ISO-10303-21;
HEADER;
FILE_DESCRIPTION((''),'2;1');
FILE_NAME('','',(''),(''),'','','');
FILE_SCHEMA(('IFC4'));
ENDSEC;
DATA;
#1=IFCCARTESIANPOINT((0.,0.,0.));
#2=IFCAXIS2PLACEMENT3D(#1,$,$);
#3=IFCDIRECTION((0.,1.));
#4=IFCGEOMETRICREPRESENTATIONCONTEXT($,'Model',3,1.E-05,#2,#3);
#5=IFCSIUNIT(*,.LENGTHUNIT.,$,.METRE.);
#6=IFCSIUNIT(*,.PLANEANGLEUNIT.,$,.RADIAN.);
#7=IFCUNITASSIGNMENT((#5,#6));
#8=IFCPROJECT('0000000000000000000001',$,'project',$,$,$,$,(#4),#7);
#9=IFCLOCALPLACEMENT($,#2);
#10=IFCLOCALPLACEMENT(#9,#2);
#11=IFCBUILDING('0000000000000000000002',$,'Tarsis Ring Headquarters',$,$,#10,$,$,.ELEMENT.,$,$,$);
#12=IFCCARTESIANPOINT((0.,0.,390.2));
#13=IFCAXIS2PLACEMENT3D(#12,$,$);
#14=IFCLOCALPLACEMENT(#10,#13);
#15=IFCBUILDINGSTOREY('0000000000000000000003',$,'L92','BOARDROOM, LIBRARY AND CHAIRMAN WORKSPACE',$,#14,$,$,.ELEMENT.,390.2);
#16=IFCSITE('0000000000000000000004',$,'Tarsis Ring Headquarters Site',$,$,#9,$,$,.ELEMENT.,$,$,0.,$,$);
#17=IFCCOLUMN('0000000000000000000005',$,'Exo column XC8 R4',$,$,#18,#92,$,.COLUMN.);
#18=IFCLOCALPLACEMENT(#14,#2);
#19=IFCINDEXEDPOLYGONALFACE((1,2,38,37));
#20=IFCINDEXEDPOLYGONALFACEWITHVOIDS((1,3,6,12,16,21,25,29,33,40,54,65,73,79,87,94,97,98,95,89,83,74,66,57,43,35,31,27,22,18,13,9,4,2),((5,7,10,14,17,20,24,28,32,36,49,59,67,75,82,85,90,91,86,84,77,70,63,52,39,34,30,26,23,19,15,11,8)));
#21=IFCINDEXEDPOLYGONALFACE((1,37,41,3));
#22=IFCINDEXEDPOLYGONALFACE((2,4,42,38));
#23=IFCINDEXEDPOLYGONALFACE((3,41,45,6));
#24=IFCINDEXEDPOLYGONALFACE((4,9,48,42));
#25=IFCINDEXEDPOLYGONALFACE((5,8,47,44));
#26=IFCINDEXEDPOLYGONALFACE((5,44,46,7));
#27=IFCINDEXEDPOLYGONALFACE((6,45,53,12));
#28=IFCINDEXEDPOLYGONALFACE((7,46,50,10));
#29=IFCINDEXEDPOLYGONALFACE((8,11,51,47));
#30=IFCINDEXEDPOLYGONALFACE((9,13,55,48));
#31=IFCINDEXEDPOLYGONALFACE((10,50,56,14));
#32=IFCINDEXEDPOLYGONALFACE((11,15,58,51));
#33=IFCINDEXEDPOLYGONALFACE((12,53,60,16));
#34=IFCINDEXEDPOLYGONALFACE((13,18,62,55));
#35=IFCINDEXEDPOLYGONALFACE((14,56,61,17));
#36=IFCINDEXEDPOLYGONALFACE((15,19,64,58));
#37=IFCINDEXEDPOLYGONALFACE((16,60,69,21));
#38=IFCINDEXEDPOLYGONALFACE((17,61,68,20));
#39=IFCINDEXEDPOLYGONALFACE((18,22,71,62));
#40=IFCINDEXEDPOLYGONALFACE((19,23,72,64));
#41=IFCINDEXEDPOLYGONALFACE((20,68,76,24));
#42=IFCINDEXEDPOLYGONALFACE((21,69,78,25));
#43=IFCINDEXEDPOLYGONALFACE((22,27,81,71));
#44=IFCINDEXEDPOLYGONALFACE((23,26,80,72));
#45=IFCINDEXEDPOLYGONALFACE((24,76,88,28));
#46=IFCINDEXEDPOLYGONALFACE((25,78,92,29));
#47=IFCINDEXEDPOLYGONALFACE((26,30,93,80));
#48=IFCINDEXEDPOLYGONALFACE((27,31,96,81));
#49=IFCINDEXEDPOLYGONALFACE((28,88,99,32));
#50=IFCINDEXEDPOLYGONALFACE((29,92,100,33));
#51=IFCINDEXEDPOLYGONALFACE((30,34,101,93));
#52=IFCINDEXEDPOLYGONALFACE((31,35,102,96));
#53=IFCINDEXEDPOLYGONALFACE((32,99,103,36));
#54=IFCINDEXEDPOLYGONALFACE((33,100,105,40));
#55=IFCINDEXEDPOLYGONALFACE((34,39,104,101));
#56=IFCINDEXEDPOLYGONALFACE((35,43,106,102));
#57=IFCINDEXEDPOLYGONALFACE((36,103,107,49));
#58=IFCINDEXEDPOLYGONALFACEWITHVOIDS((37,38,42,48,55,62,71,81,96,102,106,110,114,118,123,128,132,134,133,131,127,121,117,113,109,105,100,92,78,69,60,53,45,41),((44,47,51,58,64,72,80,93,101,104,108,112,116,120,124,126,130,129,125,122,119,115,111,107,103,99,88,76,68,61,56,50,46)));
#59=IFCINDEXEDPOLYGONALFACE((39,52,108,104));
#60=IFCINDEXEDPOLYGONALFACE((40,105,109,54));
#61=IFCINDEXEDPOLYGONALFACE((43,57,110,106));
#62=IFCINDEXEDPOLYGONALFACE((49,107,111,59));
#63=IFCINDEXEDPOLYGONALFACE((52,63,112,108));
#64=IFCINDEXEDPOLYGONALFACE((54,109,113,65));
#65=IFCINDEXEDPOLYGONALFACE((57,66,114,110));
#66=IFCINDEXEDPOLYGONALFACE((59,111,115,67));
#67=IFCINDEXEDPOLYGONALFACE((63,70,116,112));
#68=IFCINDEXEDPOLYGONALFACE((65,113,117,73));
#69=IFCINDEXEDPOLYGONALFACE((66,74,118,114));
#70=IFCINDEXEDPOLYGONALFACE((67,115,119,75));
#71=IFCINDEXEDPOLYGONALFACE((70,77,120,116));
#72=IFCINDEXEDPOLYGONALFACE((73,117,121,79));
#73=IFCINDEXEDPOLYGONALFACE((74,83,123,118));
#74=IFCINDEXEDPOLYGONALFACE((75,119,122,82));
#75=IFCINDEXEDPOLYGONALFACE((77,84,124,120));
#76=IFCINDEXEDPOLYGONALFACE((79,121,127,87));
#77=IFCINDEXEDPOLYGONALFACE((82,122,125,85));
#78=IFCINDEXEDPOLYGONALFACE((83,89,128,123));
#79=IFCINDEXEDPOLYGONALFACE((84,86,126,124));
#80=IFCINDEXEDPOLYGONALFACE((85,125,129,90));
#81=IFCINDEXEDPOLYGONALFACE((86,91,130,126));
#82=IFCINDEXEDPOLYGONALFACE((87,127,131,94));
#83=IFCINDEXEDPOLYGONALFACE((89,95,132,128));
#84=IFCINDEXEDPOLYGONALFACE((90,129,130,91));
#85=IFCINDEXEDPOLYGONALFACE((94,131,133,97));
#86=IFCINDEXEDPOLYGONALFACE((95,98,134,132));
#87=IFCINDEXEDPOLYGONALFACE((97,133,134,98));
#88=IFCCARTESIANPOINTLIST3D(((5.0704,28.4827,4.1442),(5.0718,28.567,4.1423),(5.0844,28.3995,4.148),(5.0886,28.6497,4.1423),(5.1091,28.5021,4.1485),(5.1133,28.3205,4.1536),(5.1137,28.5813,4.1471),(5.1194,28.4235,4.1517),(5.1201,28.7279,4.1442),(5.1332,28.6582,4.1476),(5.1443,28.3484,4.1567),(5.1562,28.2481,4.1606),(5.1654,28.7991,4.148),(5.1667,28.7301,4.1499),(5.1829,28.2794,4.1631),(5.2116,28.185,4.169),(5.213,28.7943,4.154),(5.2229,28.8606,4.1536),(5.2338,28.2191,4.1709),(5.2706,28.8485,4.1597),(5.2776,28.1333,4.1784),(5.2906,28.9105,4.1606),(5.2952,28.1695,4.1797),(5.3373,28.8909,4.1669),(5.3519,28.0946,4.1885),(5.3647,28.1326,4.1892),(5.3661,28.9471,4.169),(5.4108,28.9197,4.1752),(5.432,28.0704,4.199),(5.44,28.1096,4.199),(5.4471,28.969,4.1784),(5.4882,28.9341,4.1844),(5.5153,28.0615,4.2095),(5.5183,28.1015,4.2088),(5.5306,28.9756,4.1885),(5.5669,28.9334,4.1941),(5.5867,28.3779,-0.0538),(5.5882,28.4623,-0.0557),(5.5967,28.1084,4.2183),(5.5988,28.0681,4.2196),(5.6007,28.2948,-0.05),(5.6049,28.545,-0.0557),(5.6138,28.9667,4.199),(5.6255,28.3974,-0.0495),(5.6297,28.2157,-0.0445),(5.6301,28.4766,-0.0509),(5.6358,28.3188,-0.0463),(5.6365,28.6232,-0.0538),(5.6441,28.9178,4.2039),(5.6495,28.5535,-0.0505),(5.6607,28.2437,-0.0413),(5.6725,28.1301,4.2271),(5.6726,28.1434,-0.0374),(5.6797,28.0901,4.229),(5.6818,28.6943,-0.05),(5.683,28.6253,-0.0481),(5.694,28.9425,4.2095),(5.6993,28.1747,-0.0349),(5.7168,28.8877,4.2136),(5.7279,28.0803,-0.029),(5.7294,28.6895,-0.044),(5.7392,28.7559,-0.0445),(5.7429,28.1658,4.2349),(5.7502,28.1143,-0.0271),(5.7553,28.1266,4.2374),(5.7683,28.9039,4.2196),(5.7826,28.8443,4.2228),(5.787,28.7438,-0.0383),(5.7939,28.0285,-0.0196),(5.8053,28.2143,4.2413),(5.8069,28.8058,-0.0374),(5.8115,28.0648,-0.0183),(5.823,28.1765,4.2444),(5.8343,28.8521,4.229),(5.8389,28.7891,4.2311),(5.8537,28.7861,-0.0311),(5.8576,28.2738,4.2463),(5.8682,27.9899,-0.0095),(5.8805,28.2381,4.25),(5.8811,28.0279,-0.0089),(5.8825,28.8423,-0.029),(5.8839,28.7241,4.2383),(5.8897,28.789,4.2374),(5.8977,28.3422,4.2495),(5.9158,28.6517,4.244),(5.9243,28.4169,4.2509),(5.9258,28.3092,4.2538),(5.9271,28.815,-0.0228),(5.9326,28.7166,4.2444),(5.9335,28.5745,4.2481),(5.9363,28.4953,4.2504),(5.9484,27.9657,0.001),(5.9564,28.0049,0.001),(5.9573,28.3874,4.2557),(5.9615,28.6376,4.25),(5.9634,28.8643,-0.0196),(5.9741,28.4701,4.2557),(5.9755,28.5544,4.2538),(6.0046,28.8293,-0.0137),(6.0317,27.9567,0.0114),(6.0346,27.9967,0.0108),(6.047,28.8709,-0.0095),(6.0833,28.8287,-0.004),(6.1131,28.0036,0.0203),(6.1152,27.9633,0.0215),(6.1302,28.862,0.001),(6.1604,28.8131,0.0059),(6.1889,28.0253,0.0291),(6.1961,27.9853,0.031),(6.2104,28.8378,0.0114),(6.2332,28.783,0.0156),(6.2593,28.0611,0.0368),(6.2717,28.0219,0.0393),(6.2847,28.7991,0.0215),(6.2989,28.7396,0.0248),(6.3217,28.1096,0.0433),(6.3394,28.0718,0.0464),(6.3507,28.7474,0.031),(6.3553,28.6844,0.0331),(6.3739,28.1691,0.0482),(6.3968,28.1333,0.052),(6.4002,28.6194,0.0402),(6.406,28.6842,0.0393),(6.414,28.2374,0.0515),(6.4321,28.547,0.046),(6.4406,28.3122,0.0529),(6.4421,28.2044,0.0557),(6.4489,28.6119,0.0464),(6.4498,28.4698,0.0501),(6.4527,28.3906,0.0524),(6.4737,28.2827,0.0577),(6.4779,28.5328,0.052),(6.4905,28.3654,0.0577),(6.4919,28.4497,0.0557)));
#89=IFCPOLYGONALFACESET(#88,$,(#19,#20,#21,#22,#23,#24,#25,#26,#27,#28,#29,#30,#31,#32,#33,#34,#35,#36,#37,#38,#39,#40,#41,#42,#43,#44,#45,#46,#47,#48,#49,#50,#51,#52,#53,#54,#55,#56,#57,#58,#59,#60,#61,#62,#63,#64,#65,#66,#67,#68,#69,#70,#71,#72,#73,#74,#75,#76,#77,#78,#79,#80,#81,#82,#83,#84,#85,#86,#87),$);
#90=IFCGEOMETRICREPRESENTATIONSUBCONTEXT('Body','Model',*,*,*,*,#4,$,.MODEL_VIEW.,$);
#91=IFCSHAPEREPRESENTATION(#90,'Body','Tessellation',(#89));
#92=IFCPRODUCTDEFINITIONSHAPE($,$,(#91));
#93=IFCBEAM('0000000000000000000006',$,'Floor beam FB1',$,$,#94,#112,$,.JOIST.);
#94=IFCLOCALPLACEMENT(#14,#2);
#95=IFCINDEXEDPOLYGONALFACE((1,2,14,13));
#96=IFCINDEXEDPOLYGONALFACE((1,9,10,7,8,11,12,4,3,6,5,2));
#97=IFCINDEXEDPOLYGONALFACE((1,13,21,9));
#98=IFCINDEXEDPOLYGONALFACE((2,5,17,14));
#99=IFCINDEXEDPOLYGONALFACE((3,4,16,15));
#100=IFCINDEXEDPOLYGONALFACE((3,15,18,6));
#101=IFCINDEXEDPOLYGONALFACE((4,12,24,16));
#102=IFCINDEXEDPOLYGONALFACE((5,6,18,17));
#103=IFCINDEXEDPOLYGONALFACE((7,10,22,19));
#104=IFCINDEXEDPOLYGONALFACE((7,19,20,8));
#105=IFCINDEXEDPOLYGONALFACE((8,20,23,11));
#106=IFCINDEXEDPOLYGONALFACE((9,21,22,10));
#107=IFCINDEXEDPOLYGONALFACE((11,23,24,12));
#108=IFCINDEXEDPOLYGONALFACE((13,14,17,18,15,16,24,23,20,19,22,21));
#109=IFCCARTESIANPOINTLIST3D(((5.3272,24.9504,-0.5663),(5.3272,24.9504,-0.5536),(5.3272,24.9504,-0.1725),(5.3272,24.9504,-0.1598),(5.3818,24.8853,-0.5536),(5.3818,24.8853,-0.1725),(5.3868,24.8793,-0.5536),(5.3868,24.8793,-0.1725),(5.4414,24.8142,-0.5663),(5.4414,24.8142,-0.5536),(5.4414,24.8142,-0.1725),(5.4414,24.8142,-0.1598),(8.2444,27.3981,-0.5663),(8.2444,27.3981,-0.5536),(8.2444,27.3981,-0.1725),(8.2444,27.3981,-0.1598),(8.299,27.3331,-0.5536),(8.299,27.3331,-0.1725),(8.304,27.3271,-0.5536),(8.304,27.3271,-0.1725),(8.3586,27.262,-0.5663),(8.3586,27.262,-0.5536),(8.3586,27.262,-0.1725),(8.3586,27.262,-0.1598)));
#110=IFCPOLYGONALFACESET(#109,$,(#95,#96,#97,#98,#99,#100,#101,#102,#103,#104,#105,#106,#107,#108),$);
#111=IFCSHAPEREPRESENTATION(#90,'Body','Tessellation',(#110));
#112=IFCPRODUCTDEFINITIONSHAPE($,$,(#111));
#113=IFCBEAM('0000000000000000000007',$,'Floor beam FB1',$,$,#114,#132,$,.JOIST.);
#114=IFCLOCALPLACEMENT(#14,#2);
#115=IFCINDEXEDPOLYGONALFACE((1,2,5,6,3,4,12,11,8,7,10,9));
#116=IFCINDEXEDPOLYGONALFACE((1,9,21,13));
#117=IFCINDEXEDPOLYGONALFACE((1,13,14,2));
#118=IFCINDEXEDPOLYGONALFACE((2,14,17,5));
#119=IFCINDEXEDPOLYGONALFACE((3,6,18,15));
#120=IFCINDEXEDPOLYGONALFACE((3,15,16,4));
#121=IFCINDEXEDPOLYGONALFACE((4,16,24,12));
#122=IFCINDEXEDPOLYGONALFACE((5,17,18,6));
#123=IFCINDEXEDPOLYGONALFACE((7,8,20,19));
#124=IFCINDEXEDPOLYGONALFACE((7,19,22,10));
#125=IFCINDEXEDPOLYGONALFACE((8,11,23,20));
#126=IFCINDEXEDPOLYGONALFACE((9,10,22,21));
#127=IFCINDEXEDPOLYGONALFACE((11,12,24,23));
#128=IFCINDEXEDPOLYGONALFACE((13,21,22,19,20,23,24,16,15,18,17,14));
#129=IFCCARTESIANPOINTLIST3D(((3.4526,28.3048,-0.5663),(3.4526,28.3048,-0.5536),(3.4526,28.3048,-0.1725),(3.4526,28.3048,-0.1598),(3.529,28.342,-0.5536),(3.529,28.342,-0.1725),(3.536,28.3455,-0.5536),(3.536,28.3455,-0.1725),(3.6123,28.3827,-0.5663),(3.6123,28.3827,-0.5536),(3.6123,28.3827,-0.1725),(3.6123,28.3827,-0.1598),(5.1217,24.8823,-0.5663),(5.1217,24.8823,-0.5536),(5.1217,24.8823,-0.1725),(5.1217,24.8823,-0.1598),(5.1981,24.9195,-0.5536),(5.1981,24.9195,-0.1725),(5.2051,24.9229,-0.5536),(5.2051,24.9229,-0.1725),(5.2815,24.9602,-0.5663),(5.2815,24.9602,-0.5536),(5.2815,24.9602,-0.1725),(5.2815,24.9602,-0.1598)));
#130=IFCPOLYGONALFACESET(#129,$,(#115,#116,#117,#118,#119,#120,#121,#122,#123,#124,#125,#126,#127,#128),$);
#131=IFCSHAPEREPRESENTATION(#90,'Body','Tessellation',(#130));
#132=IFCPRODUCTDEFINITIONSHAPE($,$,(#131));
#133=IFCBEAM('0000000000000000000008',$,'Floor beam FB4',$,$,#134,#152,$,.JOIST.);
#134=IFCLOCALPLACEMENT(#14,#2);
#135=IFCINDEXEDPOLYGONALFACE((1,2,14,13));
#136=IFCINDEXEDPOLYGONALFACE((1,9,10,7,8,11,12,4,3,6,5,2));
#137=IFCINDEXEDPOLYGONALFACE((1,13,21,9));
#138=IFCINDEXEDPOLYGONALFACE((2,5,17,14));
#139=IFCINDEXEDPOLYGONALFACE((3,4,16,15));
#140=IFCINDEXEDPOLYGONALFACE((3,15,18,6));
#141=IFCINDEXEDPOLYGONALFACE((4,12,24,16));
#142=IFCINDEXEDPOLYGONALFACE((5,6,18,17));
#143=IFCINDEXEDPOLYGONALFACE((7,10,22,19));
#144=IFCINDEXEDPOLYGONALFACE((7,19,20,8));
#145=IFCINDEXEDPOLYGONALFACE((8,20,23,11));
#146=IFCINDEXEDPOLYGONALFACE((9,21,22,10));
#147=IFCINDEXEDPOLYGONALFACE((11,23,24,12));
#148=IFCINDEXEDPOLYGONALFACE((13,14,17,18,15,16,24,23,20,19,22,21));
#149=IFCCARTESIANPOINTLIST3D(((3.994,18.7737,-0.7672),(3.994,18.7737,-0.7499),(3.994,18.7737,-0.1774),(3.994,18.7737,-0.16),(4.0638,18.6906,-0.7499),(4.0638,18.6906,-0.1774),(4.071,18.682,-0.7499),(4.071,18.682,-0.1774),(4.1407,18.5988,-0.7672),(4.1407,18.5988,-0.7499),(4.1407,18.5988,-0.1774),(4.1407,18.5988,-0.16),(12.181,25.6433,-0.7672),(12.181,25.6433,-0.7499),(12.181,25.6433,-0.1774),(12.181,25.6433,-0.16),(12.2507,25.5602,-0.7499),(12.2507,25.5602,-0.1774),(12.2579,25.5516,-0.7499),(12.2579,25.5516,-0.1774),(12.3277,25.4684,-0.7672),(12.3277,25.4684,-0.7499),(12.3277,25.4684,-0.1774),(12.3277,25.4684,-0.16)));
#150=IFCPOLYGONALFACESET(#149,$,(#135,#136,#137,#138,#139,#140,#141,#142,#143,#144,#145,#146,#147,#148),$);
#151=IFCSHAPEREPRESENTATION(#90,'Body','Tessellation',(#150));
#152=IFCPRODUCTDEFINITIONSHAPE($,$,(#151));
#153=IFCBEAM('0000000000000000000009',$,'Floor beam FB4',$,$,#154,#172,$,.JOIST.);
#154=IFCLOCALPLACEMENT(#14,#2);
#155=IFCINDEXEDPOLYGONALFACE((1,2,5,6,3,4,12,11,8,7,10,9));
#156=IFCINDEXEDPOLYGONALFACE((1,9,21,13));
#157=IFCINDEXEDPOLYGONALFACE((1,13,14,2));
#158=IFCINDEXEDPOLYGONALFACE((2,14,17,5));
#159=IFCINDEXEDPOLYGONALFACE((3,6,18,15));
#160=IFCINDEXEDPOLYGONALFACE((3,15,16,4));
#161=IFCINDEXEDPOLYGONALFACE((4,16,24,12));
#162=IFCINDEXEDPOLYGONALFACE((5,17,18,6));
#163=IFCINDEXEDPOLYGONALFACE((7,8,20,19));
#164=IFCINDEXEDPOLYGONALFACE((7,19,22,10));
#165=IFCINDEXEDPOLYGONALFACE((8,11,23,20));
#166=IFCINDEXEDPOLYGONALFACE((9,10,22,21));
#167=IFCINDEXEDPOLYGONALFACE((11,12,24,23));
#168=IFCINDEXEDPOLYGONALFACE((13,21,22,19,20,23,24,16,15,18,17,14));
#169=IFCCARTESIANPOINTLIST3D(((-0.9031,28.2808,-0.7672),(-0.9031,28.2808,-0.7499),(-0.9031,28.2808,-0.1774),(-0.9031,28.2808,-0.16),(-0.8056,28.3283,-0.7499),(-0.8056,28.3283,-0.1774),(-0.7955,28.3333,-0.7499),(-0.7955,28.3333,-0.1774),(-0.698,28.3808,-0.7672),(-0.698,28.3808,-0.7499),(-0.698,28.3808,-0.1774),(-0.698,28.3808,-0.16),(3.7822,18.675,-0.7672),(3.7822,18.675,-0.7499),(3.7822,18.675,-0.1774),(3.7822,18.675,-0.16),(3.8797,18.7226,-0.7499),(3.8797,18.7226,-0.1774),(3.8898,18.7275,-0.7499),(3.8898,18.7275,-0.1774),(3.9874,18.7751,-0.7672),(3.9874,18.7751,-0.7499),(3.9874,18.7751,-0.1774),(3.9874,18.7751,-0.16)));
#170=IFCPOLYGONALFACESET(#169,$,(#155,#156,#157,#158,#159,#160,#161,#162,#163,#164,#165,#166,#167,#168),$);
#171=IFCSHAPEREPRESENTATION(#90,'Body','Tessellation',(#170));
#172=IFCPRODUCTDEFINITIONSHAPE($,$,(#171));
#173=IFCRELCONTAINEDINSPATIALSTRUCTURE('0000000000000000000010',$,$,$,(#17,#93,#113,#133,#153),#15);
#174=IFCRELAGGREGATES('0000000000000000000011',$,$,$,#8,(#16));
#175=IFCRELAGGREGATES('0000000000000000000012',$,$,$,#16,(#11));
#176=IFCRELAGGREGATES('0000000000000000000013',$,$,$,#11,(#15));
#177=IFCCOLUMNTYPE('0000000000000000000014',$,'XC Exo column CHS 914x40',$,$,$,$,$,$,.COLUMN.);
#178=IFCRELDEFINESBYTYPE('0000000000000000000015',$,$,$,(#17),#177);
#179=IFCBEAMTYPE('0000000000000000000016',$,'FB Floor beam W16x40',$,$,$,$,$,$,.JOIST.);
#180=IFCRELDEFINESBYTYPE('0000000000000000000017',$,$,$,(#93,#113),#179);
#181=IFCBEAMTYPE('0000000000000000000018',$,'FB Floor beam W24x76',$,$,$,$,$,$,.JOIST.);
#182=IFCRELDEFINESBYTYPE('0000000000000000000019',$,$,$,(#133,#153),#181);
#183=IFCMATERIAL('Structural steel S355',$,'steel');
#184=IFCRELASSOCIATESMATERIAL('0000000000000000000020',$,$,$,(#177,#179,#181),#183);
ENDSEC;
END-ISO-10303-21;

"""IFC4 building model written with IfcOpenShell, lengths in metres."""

from ifc_helpers import new_model, si_unit, direction, frame, origin, origin_2d, place, context, subcontext, project, spatial, hollow_circle, i_section, extrude, material, material_profile, profile_set, type_object, element, save


model = new_model("IFC4")

# Units and contexts
model_context = context("Model", 3, precision=1e-05, world=origin(), true_north=direction((0.0, 1.0)))
body_context = subcontext(model_context, "Body", "Model", "MODEL_VIEW")
ifc_project = project(units=[si_unit("LENGTHUNIT", "METRE"), si_unit("PLANEANGLEUNIT", "RADIAN")], contexts=[model_context])

# Site, building, storey
site_placement = place(None, origin())
site = spatial("IfcSite", under=ifc_project, at=site_placement, Name="Tarsis Ring Headquarters Site", CompositionType="ELEMENT", RefElevation=0.0)
building_placement = place(site_placement, origin())
building = spatial("IfcBuilding", under=site, at=building_placement, Name="Tarsis Ring Headquarters", CompositionType="ELEMENT")
storey_placement = place(building_placement, frame((0.0, 0.0, 390.2)))
storey = spatial("IfcBuildingStorey", under=building, at=storey_placement, Name="L92", Description="BOARDROOM, LIBRARY AND CHAIRMAN WORKSPACE", CompositionType="ELEMENT", Elevation=390.2)

# Column
ifc_material_1 = material(Name="Structural steel S355", Category="steel")
ifc_material_profile_1 = material_profile(ifc_material_1, hollow_circle(Radius=0.457, WallThickness=0.04, at=origin_2d()), Name="CHS 914x40")
ifc_profile_set_1 = profile_set([ifc_material_profile_1], Name="Structural steel S355")
column_type = type_object("IfcColumnType", Name="XC Exo column CHS 914x40", PredefinedType="COLUMN", material=ifc_profile_set_1)
column_placement = place(storey_placement, frame((6.0393, 28.4138, 0.001), z_axis=(-0.122043, 0.024755, 0.992216), x_axis=(-0.198789, -0.980042, 0.0)))
element("IfcColumn", 1, at=column_placement, inside=storey, type_object=column_type, Name="Exo column XC8 R4", PredefinedType="COLUMN", context=body_context, shape_type="SweptSolid", body=[
    extrude(hollow_circle(Radius=0.4573, WallThickness=0.04, at=origin_2d()), origin(), (0.0, 0.0, 1.0), 4.231),
])

# Beams
ifc_material_profile_2 = material_profile(ifc_material_1, i_section(OverallWidth=0.1777, OverallDepth=0.4065, WebThickness=0.0078, FlangeThickness=0.0127, at=origin_2d()), Name="W16x40")
ifc_profile_set_2 = profile_set([ifc_material_profile_2], Name="Structural steel S355")
beam_type_1 = type_object("IfcBeamType", Name="FB Floor beam W16x40", PredefinedType="JOIST", material=ifc_profile_set_2)
beam_1_placement = place(storey_placement, frame((5.3843, 24.8823, -0.363), z_axis=(0.766057, 0.642773, 0.0), x_axis=(-0.642773, 0.766057, 0.0)))
element("IfcBeam", 2, at=beam_1_placement, inside=storey, type_object=beam_type_1, Name="Floor beam FB1", PredefinedType="JOIST", context=body_context, shape_type="SweptSolid", body=[
    extrude(i_section(OverallWidth=0.1777, OverallDepth=0.4065, WebThickness=0.0078, FlangeThickness=0.0127, at=origin_2d()), origin(), (0.0, 0.0, 1.0), 3.8081),
])
beam_2_placement = place(storey_placement, frame((3.5325, 28.3438, -0.363), z_axis=(0.438344, -0.898807, 0.0), x_axis=(0.898807, 0.438344, 0.0)))
element("IfcBeam", 3, at=beam_2_placement, inside=storey, type_object=beam_type_1, Name="Floor beam FB1", PredefinedType="JOIST", context=body_context, shape_type="SweptSolid", body=[
    extrude(i_section(OverallWidth=0.1777, OverallDepth=0.4065, WebThickness=0.0078, FlangeThickness=0.0127, at=origin_2d()), origin(), (0.0, 0.0, 1.0), 3.8079),
])
ifc_material_profile_3 = material_profile(ifc_material_1, i_section(OverallWidth=0.2283, OverallDepth=0.6072, WebThickness=0.0112, FlangeThickness=0.0173, at=origin_2d()), Name="W24x76")
ifc_profile_set_3 = profile_set([ifc_material_profile_3], Name="Structural steel S355")
beam_type_2 = type_object("IfcBeamType", Name="FB Floor beam W24x76", PredefinedType="JOIST", material=ifc_profile_set_3)
beam_3_placement = place(storey_placement, frame((4.0674, 18.6863, -0.4636), z_axis=(0.766049, 0.642783, 0.0), x_axis=(-0.642783, 0.766049, 0.0)))
element("IfcBeam", 4, at=beam_3_placement, inside=storey, type_object=beam_type_2, Name="Floor beam FB4", PredefinedType="JOIST", context=body_context, shape_type="SweptSolid", body=[
    extrude(i_section(OverallWidth=0.2283, OverallDepth=0.6072, WebThickness=0.0112, FlangeThickness=0.0173, at=origin_2d()), origin(), (0.0, 0.0, 1.0), 10.6873),
])
beam_4_placement = place(storey_placement, frame((-0.8005, 28.3308, -0.4636), z_axis=(0.438393, -0.898784, 0.0), x_axis=(0.898784, 0.438393, 0.0)))
element("IfcBeam", 5, at=beam_4_placement, inside=storey, type_object=beam_type_2, Name="Floor beam FB4", PredefinedType="JOIST", context=body_context, shape_type="SweptSolid", body=[
    extrude(i_section(OverallWidth=0.2283, OverallDepth=0.6072, WebThickness=0.0112, FlangeThickness=0.0173, at=origin_2d()), origin(), (0.0, 0.0, 1.0), 10.6875),
])

save(model, "model.ifc")
